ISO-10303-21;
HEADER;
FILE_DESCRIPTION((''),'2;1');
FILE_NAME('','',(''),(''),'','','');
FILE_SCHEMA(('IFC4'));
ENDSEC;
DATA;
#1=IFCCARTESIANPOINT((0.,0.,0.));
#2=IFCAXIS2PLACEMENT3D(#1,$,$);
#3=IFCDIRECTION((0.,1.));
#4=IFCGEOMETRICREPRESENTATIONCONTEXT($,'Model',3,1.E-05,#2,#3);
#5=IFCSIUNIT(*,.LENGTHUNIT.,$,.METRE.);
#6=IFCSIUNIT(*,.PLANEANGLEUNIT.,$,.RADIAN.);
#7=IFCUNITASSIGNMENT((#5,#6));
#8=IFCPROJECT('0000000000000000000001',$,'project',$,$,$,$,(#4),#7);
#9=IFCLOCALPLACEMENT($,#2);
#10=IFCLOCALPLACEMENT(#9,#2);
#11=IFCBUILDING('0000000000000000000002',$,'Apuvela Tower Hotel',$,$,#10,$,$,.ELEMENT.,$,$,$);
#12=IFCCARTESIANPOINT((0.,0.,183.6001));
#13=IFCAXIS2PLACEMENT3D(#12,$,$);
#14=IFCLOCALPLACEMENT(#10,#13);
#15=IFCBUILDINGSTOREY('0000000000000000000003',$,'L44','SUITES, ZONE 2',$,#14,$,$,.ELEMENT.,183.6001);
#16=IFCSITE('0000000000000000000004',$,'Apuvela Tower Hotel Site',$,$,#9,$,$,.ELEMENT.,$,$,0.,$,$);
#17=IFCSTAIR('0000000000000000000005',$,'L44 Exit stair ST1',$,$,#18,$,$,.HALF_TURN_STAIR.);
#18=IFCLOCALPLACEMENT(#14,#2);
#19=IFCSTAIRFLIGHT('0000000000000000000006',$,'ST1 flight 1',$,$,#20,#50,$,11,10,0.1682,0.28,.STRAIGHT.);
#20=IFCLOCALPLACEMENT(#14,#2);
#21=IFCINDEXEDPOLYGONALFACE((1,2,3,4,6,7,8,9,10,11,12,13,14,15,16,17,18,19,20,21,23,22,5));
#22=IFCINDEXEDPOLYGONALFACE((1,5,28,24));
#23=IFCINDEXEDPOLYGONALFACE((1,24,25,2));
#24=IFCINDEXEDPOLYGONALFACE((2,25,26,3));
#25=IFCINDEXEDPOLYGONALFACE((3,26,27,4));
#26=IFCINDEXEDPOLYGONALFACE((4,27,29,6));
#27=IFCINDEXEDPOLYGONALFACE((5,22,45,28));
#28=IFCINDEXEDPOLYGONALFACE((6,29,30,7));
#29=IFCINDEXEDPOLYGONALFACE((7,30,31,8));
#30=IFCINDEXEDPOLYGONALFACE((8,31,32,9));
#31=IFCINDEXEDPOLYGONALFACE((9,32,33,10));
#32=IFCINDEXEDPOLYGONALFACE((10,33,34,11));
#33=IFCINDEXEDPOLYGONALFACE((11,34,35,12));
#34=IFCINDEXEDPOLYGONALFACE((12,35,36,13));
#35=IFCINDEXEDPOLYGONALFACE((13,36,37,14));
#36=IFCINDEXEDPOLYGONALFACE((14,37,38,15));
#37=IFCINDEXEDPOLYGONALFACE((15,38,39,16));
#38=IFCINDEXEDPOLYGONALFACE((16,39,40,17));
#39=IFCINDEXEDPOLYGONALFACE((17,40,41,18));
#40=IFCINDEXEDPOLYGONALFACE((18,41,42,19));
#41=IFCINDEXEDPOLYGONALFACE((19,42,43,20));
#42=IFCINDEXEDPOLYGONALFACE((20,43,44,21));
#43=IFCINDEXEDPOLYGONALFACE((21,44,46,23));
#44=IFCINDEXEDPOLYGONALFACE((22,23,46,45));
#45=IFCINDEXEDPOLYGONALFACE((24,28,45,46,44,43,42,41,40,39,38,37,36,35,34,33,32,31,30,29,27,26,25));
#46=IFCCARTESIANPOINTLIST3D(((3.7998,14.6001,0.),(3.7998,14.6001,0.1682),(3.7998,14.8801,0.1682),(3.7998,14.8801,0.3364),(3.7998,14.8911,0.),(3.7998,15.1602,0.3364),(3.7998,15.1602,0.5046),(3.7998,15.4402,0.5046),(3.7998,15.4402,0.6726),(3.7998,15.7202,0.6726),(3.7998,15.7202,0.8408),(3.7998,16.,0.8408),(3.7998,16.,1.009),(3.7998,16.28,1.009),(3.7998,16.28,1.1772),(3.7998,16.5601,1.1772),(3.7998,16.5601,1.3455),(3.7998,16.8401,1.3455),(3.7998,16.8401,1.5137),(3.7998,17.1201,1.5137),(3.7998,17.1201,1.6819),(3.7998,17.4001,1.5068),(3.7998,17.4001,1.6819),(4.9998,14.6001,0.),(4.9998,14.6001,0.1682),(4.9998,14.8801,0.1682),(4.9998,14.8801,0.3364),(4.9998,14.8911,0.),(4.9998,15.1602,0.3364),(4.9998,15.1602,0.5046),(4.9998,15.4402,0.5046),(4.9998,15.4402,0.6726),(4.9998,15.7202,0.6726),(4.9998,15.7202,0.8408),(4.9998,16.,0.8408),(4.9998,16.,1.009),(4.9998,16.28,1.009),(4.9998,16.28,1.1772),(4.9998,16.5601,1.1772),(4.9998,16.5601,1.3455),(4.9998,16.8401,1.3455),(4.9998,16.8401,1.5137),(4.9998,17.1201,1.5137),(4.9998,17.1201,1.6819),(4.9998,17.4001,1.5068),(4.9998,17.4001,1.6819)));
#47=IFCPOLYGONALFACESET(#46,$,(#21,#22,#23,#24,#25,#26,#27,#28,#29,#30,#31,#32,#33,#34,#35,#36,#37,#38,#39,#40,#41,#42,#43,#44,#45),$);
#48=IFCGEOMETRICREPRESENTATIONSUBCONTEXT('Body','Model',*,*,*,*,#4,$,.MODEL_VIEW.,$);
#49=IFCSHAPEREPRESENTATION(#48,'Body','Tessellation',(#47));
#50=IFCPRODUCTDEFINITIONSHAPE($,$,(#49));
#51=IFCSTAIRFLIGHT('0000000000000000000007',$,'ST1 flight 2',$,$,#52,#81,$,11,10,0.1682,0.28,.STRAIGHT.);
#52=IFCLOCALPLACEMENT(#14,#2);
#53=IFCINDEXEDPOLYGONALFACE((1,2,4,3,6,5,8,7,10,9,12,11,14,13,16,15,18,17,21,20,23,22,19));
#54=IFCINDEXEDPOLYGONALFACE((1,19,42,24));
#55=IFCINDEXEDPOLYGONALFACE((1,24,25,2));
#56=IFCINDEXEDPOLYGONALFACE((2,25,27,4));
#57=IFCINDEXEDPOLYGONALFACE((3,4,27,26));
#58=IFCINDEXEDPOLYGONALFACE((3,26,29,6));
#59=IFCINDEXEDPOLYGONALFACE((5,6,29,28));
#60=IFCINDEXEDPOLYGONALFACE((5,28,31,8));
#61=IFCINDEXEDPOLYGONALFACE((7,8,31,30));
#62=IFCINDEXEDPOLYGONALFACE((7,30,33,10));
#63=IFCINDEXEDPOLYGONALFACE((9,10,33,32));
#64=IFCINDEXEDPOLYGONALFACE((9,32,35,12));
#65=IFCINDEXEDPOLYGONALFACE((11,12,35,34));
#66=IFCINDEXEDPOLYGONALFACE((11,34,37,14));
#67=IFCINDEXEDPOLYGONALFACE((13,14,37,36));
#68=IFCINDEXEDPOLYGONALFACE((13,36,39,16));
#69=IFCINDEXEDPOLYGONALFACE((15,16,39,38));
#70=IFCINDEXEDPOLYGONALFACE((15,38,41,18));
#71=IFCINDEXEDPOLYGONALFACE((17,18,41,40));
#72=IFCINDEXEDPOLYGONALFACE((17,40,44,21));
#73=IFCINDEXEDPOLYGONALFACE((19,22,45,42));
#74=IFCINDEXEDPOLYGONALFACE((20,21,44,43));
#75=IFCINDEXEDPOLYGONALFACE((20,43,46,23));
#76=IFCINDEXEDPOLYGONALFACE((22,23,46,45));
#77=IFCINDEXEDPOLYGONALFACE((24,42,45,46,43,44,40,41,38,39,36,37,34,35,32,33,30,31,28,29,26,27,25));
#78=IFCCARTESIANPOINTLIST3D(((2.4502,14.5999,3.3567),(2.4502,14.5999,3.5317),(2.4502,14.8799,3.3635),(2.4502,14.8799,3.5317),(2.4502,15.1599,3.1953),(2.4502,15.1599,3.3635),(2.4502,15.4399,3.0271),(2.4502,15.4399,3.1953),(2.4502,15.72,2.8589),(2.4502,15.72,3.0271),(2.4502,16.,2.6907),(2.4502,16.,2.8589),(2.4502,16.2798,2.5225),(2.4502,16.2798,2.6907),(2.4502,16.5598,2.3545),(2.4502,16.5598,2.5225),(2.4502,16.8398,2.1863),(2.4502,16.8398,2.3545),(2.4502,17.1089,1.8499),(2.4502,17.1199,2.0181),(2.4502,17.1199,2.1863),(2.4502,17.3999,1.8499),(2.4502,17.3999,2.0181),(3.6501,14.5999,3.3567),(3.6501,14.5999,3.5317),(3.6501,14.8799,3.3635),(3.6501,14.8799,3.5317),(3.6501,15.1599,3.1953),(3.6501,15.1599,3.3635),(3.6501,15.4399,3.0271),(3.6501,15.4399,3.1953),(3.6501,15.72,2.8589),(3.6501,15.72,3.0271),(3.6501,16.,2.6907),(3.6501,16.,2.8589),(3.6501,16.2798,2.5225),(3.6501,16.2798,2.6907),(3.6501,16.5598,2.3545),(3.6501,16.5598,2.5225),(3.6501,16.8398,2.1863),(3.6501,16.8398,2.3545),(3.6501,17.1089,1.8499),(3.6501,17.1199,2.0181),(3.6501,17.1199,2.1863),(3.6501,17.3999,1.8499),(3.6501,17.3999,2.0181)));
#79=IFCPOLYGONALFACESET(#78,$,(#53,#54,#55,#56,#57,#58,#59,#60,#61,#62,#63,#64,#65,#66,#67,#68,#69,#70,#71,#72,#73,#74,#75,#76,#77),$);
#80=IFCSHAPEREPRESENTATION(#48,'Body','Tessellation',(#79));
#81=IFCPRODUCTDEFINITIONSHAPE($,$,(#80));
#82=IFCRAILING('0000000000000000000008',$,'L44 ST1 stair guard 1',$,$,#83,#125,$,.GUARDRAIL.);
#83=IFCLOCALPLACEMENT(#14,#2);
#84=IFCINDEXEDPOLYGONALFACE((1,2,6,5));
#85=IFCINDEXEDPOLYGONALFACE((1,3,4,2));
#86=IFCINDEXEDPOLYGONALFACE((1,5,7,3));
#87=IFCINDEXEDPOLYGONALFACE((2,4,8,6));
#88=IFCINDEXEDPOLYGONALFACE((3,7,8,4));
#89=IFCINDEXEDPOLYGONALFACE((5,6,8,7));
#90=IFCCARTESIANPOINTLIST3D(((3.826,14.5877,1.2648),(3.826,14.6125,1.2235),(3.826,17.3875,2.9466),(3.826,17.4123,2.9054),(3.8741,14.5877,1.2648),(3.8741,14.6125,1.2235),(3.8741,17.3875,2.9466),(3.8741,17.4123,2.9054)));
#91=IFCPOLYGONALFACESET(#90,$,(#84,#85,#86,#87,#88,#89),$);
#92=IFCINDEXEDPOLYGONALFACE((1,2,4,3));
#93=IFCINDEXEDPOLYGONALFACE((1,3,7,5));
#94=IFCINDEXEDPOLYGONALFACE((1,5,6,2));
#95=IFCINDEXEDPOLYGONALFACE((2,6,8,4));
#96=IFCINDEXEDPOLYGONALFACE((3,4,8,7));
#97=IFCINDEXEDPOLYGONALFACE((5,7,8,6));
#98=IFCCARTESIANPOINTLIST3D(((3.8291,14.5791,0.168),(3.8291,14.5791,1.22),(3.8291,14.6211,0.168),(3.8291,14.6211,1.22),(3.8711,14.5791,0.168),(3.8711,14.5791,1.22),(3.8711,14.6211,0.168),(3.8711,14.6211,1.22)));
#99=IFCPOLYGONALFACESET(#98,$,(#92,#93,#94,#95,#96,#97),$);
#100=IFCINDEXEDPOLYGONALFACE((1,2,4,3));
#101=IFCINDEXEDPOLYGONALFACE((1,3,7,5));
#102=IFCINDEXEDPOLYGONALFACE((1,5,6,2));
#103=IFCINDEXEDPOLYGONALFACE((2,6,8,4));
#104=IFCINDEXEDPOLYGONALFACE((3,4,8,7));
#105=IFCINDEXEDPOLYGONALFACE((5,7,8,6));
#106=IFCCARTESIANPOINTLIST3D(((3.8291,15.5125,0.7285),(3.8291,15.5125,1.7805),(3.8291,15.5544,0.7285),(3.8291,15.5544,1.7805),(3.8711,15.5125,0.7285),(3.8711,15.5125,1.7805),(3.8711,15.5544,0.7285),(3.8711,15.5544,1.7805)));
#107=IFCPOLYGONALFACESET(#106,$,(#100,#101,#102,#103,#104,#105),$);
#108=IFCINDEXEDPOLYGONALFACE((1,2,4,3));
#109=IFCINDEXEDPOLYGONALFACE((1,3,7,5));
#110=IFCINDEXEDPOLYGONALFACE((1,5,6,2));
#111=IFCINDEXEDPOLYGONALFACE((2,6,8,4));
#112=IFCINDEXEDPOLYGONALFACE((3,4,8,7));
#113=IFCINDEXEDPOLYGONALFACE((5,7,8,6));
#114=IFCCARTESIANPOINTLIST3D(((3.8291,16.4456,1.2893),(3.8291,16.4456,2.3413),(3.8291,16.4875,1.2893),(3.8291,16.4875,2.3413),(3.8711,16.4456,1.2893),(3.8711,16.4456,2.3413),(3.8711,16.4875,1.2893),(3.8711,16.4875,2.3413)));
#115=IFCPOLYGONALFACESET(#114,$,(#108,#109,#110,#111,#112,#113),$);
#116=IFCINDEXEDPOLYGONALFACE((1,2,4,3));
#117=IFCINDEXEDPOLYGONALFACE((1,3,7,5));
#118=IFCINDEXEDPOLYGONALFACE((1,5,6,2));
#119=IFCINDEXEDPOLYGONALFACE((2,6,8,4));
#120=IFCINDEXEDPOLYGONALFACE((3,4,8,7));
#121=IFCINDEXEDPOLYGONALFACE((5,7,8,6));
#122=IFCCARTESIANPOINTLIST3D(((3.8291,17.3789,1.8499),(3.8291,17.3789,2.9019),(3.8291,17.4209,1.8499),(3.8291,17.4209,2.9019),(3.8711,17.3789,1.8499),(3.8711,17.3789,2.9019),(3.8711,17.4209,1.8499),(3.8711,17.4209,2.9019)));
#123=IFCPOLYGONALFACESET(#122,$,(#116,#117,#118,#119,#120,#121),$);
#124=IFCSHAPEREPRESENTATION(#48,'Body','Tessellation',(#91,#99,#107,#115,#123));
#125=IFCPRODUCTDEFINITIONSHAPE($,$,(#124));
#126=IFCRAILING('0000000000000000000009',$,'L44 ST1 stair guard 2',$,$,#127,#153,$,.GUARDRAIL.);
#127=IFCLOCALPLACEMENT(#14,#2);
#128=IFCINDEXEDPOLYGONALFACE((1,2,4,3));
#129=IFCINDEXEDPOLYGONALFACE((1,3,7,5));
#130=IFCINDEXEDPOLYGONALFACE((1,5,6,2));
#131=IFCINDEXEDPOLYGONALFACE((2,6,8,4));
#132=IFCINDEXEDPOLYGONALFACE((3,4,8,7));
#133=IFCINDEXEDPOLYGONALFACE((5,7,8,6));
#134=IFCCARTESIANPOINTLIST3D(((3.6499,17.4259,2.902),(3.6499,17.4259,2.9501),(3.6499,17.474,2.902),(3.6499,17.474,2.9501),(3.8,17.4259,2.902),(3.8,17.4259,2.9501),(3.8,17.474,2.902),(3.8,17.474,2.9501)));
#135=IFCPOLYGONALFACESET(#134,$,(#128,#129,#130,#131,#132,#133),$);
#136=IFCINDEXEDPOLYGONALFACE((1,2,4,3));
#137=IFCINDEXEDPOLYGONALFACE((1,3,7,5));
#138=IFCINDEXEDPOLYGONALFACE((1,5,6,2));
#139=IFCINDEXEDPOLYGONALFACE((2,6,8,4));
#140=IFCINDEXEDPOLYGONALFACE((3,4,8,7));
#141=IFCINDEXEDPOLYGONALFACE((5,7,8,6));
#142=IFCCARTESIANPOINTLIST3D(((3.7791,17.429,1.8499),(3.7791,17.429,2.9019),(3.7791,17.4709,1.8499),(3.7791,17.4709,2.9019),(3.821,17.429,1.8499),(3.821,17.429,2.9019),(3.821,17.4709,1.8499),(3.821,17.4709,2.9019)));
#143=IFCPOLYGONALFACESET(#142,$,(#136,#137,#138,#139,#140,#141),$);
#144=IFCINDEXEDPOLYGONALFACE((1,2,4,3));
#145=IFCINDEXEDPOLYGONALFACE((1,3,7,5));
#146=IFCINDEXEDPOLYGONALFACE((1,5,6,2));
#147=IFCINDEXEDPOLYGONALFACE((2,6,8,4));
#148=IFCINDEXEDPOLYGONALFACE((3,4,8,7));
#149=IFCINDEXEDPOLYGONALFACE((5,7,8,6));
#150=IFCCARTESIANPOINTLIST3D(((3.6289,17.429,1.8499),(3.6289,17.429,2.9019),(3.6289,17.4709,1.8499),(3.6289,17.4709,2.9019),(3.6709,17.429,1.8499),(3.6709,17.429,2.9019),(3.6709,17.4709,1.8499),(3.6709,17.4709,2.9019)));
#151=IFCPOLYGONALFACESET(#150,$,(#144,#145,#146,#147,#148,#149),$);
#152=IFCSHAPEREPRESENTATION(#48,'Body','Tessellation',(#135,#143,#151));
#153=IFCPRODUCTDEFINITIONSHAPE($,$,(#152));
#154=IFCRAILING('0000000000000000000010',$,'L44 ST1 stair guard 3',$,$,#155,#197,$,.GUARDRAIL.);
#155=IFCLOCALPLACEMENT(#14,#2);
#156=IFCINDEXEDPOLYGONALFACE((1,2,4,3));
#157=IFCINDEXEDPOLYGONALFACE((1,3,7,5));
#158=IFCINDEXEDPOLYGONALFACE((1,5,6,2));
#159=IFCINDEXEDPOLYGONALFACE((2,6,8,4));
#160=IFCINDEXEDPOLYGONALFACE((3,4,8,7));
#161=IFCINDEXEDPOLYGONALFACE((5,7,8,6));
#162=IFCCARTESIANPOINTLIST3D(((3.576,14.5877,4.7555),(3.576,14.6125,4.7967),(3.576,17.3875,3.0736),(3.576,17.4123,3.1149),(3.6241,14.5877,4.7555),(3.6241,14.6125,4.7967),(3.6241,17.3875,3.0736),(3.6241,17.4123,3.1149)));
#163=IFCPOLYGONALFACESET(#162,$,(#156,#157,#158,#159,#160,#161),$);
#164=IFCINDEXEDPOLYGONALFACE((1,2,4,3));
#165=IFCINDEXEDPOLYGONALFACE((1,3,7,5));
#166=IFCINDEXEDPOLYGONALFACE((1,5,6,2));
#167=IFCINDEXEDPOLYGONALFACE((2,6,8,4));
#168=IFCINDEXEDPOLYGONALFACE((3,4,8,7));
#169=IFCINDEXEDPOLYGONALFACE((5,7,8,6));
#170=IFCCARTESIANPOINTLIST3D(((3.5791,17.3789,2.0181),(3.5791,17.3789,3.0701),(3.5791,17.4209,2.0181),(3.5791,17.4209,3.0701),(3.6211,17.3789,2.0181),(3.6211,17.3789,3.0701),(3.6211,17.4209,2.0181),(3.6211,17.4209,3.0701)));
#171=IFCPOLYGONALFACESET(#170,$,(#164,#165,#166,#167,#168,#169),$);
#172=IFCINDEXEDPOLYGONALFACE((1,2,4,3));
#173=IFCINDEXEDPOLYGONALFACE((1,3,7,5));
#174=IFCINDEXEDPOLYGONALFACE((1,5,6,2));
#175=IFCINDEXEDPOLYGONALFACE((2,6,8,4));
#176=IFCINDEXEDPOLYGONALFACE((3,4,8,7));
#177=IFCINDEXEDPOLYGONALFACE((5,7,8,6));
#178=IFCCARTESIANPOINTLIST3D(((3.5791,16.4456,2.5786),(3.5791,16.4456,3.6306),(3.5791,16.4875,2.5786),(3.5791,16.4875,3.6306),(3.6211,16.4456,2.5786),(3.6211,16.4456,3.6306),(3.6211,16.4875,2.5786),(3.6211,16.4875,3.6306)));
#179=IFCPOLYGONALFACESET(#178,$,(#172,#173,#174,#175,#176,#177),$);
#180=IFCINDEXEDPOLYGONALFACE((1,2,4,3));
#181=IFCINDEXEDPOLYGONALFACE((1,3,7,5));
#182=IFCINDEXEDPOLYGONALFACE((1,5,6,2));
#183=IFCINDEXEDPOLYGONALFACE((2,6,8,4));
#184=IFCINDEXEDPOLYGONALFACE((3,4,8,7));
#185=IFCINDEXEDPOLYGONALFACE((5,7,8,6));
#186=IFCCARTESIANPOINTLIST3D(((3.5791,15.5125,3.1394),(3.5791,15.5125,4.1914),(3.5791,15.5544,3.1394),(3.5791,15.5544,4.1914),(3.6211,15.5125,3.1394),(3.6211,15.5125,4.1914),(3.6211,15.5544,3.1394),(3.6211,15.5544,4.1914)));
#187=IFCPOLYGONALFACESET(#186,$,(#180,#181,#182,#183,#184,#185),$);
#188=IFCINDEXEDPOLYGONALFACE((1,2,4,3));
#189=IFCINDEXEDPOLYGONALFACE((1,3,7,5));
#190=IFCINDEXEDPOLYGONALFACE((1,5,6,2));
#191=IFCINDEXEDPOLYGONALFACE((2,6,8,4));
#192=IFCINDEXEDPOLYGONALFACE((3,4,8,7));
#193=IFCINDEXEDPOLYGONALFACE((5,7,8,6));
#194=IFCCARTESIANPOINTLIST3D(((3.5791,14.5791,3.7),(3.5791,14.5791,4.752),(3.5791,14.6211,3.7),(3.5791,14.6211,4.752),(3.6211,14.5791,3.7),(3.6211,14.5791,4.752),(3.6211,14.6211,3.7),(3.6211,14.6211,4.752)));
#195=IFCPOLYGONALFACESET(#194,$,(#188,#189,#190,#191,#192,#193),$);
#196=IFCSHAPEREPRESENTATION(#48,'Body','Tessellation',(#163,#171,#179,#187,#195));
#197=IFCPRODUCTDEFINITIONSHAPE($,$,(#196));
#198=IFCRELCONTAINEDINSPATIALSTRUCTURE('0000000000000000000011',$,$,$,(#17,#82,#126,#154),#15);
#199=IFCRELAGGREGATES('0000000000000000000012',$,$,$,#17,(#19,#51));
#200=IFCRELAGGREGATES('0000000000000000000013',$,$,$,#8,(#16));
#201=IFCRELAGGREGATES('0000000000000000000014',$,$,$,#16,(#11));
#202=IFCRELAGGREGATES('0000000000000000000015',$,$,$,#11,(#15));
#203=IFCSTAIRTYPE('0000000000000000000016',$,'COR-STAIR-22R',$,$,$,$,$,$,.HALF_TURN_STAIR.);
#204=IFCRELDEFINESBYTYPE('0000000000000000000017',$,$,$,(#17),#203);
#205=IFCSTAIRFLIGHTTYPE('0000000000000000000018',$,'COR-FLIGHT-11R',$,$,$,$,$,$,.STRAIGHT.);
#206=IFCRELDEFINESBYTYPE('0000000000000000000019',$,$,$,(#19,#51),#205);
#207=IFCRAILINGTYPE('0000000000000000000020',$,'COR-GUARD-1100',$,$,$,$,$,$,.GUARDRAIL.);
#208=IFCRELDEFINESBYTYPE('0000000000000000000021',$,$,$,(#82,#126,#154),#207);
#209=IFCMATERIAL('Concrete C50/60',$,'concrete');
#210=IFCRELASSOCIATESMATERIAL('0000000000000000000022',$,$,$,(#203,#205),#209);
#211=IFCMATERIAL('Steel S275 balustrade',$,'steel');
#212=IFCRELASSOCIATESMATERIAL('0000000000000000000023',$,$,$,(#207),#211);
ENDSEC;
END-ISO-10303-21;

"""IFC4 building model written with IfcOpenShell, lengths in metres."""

from ifc_helpers import new_model, si_unit, direction, frame, origin, origin_2d, place, context, subcontext, project, spatial, polyline, rectangle, outline, extrude, material, type_object, element, aggregate, save


model = new_model("IFC4")

# Units and contexts
model_context = context("Model", 3, precision=1e-05, world=origin(), true_north=direction((0.0, 1.0)))
body_context = subcontext(model_context, "Body", "Model", "MODEL_VIEW")
ifc_project = project(units=[si_unit("LENGTHUNIT", "METRE"), si_unit("PLANEANGLEUNIT", "RADIAN")], contexts=[model_context])

# Site, building, storey
site_placement = place(None, origin())
site = spatial("IfcSite", under=ifc_project, at=site_placement, Name="Apuvela Tower Hotel Site", CompositionType="ELEMENT", RefElevation=0.0)
building_placement = place(site_placement, origin())
building = spatial("IfcBuilding", under=site, at=building_placement, Name="Apuvela Tower Hotel", CompositionType="ELEMENT")
storey_placement = place(building_placement, frame((0.0, 0.0, 183.6001)))
storey = spatial("IfcBuildingStorey", under=building, at=storey_placement, Name="L44", Description="SUITES, ZONE 2", CompositionType="ELEMENT", Elevation=183.6001)

# Shared definitions
ifc_material_1 = material(Name="Concrete C50/60", Category="concrete")

# Stair, stair flights
stair_type = type_object("IfcStairType", Name="COR-STAIR-22R", PredefinedType="HALF_TURN_STAIR", material=ifc_material_1)
stair_placement = place(storey_placement, origin())
stair = element("IfcStair", 1, at=stair_placement, inside=storey, type_object=stair_type, Name="L44 Exit stair ST1", PredefinedType="HALF_TURN_STAIR")
stair_flight_type = type_object("IfcStairFlightType", Name="COR-FLIGHT-11R", PredefinedType="STRAIGHT", material=ifc_material_1)
stair_flight_1_placement = place(storey_placement, frame((4.3999, 14.6001, 0.0), z_axis=(0.0, 0.0, 1.0), x_axis=(0.0, 1.0, 0.0)))
stair_flight_1 = element("IfcStairFlight", 2, at=stair_flight_1_placement, type_object=stair_flight_type, Name="ST1 flight 1", NumberOfRisers=11, NumberOfTreads=10, PredefinedType="STRAIGHT", RiserHeight=0.1682, TreadLength=0.28, context=body_context, shape_type="SweptSolid", body=[
    extrude(outline(polyline([(0.0, 0.0), (0.0, 0.1682), (0.28, 0.1682), (0.28, 0.3364), (0.5601, 0.3364), (0.5601, 0.5046), (0.8401, 0.5046), (0.8401, 0.6726), (1.1201, 0.6726), (1.1201, 0.8408), (1.3999, 0.8408), (1.3999, 1.009), (1.6799, 1.009), (1.6799, 1.1772), (1.96, 1.1772), (1.96, 1.3455), (2.24, 1.3455), (2.24, 1.5137), (2.52, 1.5137), (2.52, 1.6819), (2.8, 1.6819), (2.8, 1.8501), (2.8, 1.5068), (0.291, 0.0), (0.0, 0.0)])), frame((0.0, 0.6001, 0.0), z_axis=(0.0, -1.0, 0.0), x_axis=(1.0, 0.0, 0.0)), (0.0, 0.0, 1.0), 1.2),
])
stair_flight_2_placement = place(storey_placement, frame((3.05, 17.3999, 1.8499), z_axis=(0.0, 0.0, 1.0), x_axis=(0.0, -1.0, 0.0)))
stair_flight_2 = element("IfcStairFlight", 3, at=stair_flight_2_placement, type_object=stair_flight_type, Name="ST1 flight 2", NumberOfRisers=11, NumberOfTreads=10, PredefinedType="STRAIGHT", RiserHeight=0.1682, TreadLength=0.28, context=body_context, shape_type="SweptSolid", body=[
    extrude(outline(polyline([(0.0, 0.0), (0.0, 0.1682), (0.28, 0.1682), (0.28, 0.3364), (0.5601, 0.3364), (0.5601, 0.5046), (0.8401, 0.5046), (0.8401, 0.6726), (1.1201, 0.6726), (1.1201, 0.8408), (1.3999, 0.8408), (1.3999, 1.009), (1.6799, 1.009), (1.6799, 1.1772), (1.96, 1.1772), (1.96, 1.3455), (2.24, 1.3455), (2.24, 1.5137), (2.52, 1.5137), (2.52, 1.6819), (2.8, 1.6819), (2.8, 1.8501), (2.8, 1.5068), (0.291, 0.0), (0.0, 0.0)])), frame((0.0, 0.6001, 0.0), z_axis=(0.0, -1.0, 0.0), x_axis=(1.0, 0.0, 0.0)), (0.0, 0.0, 1.0), 1.2),
])
aggregate(stair, [stair_flight_1, stair_flight_2])

# Railings
ifc_material_2 = material(Name="Steel S275 balustrade", Category="steel")
railing_type_1 = type_object("IfcRailingType", Name="COR-GUARD-1100", PredefinedType="GUARDRAIL", material=ifc_material_2)
railing_1_placement = place(storey_placement, frame((3.8501, 14.6001, 0.168)))
element("IfcRailing", 4, at=railing_1_placement, inside=storey, type_object=railing_type_1, Name="L44 ST1 stair guard 1", PredefinedType="GUARDRAIL", context=body_context, shape_type="SweptSolid", body=[
    extrude(rectangle(XDim=0.0481, YDim=0.0481, at=origin_2d()), frame((0.0, 0.0, 1.0762), z_axis=(0.0, 0.857222, 0.514946), x_axis=(-1.0, 0.0, 0.0)), (0.0, 0.0, 1.0), 3.2661),
    extrude(rectangle(XDim=0.042, YDim=0.042, at=origin_2d()), origin(), (0.0, 0.0, 1.0), 1.052),
    extrude(rectangle(XDim=0.042, YDim=0.042, at=origin_2d()), frame((0.0, 0.9333, 0.5605)), (0.0, 0.0, 1.0), 1.052),
    extrude(rectangle(XDim=0.042, YDim=0.042, at=origin_2d()), frame((0.0, 1.8665, 1.1213)), (0.0, 0.0, 1.0), 1.052),
    extrude(rectangle(XDim=0.042, YDim=0.042, at=origin_2d()), frame((0.0, 2.7998, 1.6819)), (0.0, 0.0, 1.0), 1.052),
])
railing_2_placement = place(storey_placement, frame((3.8, 17.45, 1.8499)))
element("IfcRailing", 5, at=railing_2_placement, inside=storey, type_object=railing_type_1, Name="L44 ST1 stair guard 2", PredefinedType="GUARDRAIL", context=body_context, shape_type="SweptSolid", body=[
    extrude(rectangle(XDim=0.0481, YDim=0.0481, at=origin_2d()), frame((0.0, 0.0, 1.0762), z_axis=(-1.0, 0.0, 0.0), x_axis=(0.0, -1.0, 0.0)), (0.0, 0.0, 1.0), 0.1501),
    extrude(rectangle(XDim=0.042, YDim=0.042, at=origin_2d()), origin(), (0.0, 0.0, 1.0), 1.052),
    extrude(rectangle(XDim=0.042, YDim=0.042, at=origin_2d()), frame((-0.1501, 0.0, 0.0)), (0.0, 0.0, 1.0), 1.052),
])
railing_3_placement = place(storey_placement, frame((3.6001, 17.3999, 2.0181)))
element("IfcRailing", 6, at=railing_3_placement, inside=storey, type_object=railing_type_1, Name="L44 ST1 stair guard 3", PredefinedType="GUARDRAIL", context=body_context, shape_type="SweptSolid", body=[
    extrude(rectangle(XDim=0.0481, YDim=0.0481, at=origin_2d()), frame((0.0, 0.0, 1.0762), z_axis=(0.0, -0.857222, 0.514946), x_axis=(1.0, 0.0, 0.0)), (0.0, 0.0, 1.0), 3.2661),
    extrude(rectangle(XDim=0.042, YDim=0.042, at=origin_2d()), origin(), (0.0, 0.0, 1.0), 1.052),
    extrude(rectangle(XDim=0.042, YDim=0.042, at=origin_2d()), frame((0.0, -0.9333, 0.5605)), (0.0, 0.0, 1.0), 1.052),
    extrude(rectangle(XDim=0.042, YDim=0.042, at=origin_2d()), frame((0.0, -1.8665, 1.1213)), (0.0, 0.0, 1.0), 1.052),
    extrude(rectangle(XDim=0.042, YDim=0.042, at=origin_2d()), frame((0.0, -2.7998, 1.6819)), (0.0, 0.0, 1.0), 1.052),
])

save(model, "model.ifc")
